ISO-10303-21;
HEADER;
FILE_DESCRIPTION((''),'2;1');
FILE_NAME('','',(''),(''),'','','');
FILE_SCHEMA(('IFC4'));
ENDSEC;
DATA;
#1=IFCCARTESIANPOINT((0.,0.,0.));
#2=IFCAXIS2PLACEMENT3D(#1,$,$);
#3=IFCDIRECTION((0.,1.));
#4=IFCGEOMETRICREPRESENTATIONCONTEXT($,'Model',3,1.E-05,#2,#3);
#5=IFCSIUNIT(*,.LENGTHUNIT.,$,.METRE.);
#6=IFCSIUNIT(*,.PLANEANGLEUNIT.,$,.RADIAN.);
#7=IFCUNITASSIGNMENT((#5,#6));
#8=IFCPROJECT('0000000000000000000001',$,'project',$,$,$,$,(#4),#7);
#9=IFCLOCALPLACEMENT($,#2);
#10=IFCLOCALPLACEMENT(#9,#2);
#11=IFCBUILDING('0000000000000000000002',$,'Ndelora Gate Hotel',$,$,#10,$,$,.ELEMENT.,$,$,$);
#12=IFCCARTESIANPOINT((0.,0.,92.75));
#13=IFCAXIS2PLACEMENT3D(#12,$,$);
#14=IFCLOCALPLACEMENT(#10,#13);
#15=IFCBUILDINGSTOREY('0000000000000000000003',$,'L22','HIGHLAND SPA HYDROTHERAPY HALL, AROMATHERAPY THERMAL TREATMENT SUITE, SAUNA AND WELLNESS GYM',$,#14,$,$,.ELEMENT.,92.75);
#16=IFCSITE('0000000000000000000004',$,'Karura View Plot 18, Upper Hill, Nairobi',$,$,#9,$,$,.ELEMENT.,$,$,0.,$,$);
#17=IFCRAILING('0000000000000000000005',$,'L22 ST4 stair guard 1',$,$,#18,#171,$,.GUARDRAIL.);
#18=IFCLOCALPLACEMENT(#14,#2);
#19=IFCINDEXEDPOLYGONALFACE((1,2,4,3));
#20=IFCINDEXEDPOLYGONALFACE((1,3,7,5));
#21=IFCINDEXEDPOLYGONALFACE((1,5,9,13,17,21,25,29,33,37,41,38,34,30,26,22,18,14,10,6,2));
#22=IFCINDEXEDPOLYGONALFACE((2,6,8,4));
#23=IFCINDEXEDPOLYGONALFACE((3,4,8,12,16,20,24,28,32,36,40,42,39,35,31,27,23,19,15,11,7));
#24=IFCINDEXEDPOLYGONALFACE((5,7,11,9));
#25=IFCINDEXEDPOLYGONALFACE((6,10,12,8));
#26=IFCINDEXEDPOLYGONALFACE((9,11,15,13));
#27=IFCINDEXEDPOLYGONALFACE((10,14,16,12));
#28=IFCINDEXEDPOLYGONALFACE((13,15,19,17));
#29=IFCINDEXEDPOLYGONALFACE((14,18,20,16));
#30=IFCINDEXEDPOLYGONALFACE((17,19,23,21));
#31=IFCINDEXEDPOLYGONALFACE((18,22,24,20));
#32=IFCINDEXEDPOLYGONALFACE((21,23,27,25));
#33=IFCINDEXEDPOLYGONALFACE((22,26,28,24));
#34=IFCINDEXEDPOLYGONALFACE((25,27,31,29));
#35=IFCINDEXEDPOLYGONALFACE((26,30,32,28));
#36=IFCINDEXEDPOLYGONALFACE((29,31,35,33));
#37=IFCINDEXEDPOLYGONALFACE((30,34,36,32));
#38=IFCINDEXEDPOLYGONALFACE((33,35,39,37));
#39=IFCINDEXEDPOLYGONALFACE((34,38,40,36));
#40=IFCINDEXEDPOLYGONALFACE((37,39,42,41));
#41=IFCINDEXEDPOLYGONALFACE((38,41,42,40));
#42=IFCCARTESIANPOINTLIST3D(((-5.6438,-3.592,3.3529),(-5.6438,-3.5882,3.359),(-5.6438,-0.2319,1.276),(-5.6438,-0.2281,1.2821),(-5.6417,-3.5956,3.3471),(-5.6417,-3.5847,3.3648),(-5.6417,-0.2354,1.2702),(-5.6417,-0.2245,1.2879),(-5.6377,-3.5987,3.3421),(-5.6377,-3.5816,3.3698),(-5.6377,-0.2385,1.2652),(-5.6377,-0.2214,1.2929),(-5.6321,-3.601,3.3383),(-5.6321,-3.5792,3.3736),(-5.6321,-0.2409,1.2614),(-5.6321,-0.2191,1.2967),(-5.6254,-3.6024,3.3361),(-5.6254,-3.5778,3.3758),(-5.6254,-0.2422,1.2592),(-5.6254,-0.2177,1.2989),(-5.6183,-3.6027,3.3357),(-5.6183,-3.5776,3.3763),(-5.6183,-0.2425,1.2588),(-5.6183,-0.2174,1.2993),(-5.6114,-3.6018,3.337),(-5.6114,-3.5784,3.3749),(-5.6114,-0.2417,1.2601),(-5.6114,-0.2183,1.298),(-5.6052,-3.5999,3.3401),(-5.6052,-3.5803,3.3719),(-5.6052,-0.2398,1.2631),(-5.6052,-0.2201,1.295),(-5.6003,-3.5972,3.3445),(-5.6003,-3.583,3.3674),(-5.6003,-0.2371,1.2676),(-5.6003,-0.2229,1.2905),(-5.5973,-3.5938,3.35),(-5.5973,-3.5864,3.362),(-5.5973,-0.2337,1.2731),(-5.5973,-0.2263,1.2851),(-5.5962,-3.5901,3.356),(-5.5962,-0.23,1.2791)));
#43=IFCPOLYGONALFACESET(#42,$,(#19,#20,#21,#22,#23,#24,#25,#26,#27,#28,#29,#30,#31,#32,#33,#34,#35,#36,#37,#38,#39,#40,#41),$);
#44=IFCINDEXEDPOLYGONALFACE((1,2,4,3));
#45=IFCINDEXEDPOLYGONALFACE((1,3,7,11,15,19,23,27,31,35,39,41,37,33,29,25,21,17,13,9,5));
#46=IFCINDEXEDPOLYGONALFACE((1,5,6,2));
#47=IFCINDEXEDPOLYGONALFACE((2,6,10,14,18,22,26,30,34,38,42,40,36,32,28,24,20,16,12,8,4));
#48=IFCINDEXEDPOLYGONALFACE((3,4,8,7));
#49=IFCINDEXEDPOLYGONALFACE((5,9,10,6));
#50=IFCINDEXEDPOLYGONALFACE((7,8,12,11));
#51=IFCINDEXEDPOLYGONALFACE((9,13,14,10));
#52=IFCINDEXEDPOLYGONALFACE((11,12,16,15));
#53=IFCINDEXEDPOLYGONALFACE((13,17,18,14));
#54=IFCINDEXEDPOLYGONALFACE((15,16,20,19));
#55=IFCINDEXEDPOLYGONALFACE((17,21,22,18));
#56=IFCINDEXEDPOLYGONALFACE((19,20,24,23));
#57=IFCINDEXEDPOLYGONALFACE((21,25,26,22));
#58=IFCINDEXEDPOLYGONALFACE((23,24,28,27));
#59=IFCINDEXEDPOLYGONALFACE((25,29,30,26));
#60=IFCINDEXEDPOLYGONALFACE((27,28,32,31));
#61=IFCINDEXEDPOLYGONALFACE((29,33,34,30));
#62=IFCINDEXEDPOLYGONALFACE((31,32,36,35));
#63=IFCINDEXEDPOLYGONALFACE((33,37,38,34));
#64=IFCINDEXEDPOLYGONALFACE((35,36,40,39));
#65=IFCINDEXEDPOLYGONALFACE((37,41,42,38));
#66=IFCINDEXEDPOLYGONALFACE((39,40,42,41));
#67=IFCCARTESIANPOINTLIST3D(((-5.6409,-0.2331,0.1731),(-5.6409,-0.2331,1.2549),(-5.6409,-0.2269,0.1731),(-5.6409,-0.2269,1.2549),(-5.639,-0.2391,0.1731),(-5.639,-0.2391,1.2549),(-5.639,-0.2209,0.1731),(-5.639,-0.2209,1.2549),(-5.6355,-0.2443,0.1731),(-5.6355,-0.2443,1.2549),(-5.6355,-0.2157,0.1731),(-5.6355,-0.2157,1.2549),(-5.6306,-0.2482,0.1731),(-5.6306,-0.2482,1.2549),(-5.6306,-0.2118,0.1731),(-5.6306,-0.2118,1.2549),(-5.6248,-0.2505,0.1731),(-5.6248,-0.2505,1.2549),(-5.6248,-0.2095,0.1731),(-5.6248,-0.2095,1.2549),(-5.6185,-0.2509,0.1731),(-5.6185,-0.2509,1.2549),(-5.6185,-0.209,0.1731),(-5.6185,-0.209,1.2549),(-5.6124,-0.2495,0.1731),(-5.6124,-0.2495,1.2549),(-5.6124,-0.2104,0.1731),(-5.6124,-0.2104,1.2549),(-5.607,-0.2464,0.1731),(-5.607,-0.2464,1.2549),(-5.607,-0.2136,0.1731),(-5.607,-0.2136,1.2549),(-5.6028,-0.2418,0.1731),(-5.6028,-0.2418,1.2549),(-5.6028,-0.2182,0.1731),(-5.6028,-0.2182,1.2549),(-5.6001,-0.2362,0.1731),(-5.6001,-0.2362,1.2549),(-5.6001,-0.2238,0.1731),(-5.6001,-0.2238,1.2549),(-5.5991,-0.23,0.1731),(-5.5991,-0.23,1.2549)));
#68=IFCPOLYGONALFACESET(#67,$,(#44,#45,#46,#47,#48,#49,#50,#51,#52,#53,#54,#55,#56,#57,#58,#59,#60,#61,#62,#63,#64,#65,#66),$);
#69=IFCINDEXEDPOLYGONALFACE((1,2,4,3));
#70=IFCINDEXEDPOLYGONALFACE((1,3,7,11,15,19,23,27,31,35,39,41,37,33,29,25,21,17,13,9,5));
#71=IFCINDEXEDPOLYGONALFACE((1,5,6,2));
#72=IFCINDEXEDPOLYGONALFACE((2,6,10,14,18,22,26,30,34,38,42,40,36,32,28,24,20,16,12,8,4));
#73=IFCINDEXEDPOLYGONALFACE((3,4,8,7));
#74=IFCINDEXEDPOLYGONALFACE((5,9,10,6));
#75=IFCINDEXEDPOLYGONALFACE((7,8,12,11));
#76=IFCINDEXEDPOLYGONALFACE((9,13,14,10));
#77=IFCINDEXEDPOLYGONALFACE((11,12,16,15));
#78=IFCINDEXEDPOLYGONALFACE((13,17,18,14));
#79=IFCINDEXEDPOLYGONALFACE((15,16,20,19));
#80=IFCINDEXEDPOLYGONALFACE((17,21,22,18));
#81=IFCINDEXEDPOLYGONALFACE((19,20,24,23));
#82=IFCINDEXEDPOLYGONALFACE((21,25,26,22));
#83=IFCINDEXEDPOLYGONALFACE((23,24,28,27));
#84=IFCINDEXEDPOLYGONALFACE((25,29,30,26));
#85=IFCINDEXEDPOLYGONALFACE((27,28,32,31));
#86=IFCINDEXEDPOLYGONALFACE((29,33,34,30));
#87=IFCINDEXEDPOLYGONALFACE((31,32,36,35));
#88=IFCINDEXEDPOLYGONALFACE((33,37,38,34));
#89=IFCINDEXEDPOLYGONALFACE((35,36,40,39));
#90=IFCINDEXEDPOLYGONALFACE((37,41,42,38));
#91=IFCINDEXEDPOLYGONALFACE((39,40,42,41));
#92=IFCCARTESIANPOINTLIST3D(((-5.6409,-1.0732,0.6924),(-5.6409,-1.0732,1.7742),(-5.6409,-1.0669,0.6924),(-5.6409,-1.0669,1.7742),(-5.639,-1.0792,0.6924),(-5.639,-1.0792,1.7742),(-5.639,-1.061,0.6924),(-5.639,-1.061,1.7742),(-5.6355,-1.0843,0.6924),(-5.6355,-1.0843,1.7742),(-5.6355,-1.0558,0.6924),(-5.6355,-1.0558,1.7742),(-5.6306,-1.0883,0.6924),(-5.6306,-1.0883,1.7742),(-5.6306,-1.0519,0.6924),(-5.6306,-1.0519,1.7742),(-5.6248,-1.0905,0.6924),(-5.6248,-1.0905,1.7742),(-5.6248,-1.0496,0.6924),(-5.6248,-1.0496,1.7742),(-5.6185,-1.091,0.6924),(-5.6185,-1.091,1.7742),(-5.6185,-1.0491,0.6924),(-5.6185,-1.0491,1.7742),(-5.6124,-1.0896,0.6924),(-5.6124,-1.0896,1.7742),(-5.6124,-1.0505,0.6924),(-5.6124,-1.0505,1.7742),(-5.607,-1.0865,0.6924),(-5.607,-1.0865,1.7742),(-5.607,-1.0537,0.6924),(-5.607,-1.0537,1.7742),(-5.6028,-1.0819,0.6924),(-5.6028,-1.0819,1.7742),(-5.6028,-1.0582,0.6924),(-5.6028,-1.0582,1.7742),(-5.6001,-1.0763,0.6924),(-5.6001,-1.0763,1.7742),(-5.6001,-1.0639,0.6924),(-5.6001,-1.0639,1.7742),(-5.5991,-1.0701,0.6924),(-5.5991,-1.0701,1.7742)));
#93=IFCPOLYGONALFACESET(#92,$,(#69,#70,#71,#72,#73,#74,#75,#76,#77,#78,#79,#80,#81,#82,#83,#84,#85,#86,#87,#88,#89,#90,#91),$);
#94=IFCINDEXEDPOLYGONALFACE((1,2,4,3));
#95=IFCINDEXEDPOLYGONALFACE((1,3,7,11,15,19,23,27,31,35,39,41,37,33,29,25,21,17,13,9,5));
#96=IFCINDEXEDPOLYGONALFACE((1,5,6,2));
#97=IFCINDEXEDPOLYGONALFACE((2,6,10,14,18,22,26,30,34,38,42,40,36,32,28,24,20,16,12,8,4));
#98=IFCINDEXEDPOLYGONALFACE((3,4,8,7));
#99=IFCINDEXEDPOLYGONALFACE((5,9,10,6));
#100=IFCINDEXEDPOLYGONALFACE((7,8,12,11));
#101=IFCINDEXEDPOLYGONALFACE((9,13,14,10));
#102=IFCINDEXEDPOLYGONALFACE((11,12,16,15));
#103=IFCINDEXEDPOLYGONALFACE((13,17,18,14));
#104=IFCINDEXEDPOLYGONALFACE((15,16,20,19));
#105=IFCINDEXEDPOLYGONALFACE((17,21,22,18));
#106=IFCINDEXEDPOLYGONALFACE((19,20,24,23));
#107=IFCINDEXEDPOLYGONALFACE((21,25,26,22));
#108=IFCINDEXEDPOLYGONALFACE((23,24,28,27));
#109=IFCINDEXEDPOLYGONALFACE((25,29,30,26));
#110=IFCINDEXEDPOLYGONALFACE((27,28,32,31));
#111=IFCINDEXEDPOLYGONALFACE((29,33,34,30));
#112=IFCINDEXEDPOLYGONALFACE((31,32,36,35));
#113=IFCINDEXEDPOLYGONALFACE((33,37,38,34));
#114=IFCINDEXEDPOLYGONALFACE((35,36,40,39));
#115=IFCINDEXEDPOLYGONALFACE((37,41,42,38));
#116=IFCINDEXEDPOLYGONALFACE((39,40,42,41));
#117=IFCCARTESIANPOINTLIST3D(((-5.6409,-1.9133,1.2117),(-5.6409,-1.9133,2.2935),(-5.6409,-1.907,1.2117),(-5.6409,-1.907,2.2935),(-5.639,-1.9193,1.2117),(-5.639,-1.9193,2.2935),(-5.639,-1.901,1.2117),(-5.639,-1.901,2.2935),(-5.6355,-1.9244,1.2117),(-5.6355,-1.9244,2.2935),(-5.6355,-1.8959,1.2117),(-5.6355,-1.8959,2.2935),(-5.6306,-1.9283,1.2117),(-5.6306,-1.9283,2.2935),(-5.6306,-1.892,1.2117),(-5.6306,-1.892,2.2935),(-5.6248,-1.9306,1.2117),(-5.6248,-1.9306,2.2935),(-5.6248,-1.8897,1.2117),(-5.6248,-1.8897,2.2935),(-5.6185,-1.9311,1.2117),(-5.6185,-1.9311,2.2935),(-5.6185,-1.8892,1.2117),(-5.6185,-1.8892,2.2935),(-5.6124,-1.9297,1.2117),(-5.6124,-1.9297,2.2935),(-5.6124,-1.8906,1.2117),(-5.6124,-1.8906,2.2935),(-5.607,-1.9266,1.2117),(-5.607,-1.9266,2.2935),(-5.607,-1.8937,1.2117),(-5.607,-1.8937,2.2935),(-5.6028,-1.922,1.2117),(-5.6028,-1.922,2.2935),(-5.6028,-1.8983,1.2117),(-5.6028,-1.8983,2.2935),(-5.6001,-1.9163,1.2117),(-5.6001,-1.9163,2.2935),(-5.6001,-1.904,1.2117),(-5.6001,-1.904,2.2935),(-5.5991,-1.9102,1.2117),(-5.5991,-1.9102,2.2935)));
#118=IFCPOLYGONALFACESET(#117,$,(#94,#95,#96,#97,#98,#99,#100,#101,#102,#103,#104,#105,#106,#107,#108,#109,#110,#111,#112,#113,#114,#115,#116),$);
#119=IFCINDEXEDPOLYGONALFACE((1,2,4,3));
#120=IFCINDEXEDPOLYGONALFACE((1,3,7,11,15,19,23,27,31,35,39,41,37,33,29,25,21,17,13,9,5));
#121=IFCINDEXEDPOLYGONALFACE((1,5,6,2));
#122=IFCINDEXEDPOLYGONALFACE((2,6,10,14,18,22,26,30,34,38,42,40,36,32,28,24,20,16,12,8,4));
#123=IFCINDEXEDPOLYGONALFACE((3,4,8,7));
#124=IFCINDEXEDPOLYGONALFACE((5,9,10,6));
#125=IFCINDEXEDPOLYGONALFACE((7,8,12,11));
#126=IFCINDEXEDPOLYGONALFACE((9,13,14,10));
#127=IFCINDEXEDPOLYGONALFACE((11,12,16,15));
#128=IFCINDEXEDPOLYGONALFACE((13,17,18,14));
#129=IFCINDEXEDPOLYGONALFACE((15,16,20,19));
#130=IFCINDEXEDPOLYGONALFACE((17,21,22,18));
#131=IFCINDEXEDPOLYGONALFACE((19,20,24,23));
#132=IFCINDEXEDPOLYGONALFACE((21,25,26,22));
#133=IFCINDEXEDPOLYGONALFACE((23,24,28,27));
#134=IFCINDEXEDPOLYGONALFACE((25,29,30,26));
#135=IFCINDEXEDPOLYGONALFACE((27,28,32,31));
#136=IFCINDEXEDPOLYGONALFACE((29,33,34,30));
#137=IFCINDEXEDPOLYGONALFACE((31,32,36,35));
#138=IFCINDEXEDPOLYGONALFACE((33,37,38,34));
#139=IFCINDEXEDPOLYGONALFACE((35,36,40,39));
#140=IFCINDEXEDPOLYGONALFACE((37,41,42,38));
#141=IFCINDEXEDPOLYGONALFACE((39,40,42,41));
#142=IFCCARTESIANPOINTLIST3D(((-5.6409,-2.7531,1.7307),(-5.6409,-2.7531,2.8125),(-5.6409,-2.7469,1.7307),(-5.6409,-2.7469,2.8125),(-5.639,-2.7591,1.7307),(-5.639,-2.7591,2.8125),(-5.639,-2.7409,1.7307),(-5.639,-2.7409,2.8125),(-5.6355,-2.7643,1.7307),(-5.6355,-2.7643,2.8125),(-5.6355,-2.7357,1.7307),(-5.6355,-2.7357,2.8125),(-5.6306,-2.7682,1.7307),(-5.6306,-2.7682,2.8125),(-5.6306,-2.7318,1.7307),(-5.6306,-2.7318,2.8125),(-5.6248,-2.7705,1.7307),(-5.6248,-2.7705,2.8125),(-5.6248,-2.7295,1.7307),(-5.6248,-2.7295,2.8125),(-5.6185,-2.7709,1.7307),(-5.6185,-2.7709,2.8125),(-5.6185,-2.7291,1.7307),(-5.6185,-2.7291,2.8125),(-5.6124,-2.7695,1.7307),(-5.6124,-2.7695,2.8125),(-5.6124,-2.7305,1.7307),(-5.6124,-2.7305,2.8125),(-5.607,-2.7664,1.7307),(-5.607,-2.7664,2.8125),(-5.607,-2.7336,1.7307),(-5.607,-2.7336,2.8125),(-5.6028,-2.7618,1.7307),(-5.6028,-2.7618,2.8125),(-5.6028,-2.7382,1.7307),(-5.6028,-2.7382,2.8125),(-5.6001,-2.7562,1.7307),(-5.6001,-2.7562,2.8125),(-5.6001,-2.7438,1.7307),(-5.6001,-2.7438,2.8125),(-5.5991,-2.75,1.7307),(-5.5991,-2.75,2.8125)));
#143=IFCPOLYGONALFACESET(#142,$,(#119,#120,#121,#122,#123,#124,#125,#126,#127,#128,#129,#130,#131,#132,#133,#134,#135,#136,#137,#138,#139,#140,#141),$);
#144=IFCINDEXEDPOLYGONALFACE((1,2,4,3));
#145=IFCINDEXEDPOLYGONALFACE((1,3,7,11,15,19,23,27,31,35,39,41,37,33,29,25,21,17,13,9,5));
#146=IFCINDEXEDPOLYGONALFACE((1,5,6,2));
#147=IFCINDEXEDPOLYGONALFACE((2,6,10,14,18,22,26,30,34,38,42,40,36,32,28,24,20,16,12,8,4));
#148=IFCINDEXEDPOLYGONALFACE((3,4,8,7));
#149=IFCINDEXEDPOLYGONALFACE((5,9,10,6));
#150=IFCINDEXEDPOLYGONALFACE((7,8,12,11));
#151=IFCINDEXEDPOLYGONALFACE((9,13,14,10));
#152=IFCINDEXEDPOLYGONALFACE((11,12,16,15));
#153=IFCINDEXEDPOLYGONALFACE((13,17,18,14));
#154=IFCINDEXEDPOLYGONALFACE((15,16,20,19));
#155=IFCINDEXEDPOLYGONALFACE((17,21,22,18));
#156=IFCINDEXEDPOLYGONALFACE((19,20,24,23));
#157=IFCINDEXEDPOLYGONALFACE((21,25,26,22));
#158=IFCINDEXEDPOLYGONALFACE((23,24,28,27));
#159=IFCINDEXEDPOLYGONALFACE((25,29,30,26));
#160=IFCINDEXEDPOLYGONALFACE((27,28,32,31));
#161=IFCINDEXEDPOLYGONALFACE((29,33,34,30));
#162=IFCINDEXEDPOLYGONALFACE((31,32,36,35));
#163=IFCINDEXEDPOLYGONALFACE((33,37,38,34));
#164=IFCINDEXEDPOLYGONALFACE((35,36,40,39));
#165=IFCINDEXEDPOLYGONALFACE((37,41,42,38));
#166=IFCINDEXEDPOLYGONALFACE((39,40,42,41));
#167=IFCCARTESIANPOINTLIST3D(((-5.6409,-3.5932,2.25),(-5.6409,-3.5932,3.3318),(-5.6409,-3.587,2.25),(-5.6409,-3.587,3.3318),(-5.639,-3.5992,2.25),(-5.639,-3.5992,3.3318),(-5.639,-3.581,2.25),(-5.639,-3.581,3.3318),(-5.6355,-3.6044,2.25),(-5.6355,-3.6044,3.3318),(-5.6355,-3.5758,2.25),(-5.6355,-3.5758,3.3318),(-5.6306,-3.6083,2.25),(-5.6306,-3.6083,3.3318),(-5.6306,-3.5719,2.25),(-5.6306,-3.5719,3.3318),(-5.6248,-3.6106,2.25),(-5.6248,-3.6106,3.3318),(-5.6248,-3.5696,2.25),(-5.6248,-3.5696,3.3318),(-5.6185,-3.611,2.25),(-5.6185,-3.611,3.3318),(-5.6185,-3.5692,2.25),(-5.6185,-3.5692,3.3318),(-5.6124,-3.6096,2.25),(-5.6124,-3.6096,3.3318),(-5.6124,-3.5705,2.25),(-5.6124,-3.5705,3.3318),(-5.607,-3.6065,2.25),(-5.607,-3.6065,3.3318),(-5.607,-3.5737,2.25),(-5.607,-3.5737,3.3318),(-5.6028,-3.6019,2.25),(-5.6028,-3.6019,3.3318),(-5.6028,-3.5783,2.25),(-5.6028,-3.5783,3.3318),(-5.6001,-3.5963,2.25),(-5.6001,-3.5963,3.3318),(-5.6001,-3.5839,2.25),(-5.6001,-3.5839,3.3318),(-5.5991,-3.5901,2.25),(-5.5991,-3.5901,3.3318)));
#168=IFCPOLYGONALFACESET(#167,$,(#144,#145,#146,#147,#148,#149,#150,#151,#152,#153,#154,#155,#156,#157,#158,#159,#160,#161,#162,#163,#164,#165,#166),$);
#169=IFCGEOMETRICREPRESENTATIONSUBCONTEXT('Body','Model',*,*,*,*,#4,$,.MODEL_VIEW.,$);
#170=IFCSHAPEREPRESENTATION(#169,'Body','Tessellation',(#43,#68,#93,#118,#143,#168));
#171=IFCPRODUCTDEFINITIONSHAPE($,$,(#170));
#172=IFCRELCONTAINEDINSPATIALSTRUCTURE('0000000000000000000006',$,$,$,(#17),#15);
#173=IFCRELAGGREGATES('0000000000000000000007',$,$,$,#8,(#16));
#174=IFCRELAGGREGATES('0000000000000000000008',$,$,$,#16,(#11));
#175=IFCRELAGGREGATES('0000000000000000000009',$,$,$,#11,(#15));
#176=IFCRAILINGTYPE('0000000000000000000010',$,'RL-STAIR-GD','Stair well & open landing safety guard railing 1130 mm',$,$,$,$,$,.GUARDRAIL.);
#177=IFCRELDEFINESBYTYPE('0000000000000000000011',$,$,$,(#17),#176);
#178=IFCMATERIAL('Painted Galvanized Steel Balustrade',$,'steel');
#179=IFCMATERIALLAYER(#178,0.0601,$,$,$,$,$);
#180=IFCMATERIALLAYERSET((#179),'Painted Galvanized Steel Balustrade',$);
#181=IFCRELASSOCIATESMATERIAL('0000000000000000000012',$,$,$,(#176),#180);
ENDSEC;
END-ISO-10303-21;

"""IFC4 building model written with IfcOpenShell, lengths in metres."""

from ifc_helpers import new_model, si_unit, direction, frame, origin, origin_2d, place, context, subcontext, project, spatial, circle, extrude, material, layer, layer_set, type_object, element, save


model = new_model("IFC4")

# Units and contexts
model_context = context("Model", 3, precision=1e-05, world=origin(), true_north=direction((0.0, 1.0)))
body_context = subcontext(model_context, "Body", "Model", "MODEL_VIEW")
ifc_project = project(units=[si_unit("LENGTHUNIT", "METRE"), si_unit("PLANEANGLEUNIT", "RADIAN")], contexts=[model_context])

# Site, building, storey
site_placement = place(None, origin())
site = spatial("IfcSite", under=ifc_project, at=site_placement, Name="Karura View Plot 18, Upper Hill, Nairobi", CompositionType="ELEMENT", RefElevation=0.0)
building_placement = place(site_placement, origin())
building = spatial("IfcBuilding", under=site, at=building_placement, Name="Ndelora Gate Hotel", CompositionType="ELEMENT")
storey_placement = place(building_placement, frame((0.0, 0.0, 92.75)))
storey = spatial("IfcBuildingStorey", under=building, at=storey_placement, Name="L22", Description="HIGHLAND SPA HYDROTHERAPY HALL, AROMATHERAPY THERMAL TREATMENT SUITE, SAUNA AND WELLNESS GYM", CompositionType="ELEMENT", Elevation=92.75)

# Railing
ifc_material_1 = material(Name="Painted Galvanized Steel Balustrade", Category="steel")
ifc_layer_1 = layer(ifc_material_1, 0.0601)
ifc_layer_set_1 = layer_set([ifc_layer_1], Name="Painted Galvanized Steel Balustrade")
railing_type_1 = type_object("IfcRailingType", Name="RL-STAIR-GD", Description="Stair well & open landing safety guard railing 1130 mm", PredefinedType="GUARDRAIL", material=ifc_layer_set_1)
railing_1_placement = place(storey_placement, frame((-5.6201, -0.23, 0.1731)))
element("IfcRailing", 1, at=railing_1_placement, inside=storey, type_object=railing_type_1, Name="L22 ST4 stair guard 1", PredefinedType="GUARDRAIL", context=body_context, shape_type="SweptSolid", body=[
    extrude(circle(Radius=0.0239, at=origin_2d()), frame((0.0, 0.0, 1.106), z_axis=(0.0, -0.850623, 0.525776), x_axis=(1.0, 0.0, 0.0)), (0.0, 0.0, 1.0), 3.9502),
    extrude(circle(Radius=0.021, at=origin_2d()), origin(), (0.0, 0.0, 1.0), 1.0818),
    extrude(circle(Radius=0.021, at=origin_2d()), frame((0.0, -0.8401, 0.5193)), (0.0, 0.0, 1.0), 1.0818),
    extrude(circle(Radius=0.021, at=origin_2d()), frame((0.0, -1.6802, 1.0386)), (0.0, 0.0, 1.0), 1.0818),
    extrude(circle(Radius=0.021, at=origin_2d()), frame((0.0, -2.52, 1.5576)), (0.0, 0.0, 1.0), 1.0818),
    extrude(circle(Radius=0.021, at=origin_2d()), frame((0.0, -3.3601, 2.0769)), (0.0, 0.0, 1.0), 1.0818),
])

save(model, "model.ifc")
